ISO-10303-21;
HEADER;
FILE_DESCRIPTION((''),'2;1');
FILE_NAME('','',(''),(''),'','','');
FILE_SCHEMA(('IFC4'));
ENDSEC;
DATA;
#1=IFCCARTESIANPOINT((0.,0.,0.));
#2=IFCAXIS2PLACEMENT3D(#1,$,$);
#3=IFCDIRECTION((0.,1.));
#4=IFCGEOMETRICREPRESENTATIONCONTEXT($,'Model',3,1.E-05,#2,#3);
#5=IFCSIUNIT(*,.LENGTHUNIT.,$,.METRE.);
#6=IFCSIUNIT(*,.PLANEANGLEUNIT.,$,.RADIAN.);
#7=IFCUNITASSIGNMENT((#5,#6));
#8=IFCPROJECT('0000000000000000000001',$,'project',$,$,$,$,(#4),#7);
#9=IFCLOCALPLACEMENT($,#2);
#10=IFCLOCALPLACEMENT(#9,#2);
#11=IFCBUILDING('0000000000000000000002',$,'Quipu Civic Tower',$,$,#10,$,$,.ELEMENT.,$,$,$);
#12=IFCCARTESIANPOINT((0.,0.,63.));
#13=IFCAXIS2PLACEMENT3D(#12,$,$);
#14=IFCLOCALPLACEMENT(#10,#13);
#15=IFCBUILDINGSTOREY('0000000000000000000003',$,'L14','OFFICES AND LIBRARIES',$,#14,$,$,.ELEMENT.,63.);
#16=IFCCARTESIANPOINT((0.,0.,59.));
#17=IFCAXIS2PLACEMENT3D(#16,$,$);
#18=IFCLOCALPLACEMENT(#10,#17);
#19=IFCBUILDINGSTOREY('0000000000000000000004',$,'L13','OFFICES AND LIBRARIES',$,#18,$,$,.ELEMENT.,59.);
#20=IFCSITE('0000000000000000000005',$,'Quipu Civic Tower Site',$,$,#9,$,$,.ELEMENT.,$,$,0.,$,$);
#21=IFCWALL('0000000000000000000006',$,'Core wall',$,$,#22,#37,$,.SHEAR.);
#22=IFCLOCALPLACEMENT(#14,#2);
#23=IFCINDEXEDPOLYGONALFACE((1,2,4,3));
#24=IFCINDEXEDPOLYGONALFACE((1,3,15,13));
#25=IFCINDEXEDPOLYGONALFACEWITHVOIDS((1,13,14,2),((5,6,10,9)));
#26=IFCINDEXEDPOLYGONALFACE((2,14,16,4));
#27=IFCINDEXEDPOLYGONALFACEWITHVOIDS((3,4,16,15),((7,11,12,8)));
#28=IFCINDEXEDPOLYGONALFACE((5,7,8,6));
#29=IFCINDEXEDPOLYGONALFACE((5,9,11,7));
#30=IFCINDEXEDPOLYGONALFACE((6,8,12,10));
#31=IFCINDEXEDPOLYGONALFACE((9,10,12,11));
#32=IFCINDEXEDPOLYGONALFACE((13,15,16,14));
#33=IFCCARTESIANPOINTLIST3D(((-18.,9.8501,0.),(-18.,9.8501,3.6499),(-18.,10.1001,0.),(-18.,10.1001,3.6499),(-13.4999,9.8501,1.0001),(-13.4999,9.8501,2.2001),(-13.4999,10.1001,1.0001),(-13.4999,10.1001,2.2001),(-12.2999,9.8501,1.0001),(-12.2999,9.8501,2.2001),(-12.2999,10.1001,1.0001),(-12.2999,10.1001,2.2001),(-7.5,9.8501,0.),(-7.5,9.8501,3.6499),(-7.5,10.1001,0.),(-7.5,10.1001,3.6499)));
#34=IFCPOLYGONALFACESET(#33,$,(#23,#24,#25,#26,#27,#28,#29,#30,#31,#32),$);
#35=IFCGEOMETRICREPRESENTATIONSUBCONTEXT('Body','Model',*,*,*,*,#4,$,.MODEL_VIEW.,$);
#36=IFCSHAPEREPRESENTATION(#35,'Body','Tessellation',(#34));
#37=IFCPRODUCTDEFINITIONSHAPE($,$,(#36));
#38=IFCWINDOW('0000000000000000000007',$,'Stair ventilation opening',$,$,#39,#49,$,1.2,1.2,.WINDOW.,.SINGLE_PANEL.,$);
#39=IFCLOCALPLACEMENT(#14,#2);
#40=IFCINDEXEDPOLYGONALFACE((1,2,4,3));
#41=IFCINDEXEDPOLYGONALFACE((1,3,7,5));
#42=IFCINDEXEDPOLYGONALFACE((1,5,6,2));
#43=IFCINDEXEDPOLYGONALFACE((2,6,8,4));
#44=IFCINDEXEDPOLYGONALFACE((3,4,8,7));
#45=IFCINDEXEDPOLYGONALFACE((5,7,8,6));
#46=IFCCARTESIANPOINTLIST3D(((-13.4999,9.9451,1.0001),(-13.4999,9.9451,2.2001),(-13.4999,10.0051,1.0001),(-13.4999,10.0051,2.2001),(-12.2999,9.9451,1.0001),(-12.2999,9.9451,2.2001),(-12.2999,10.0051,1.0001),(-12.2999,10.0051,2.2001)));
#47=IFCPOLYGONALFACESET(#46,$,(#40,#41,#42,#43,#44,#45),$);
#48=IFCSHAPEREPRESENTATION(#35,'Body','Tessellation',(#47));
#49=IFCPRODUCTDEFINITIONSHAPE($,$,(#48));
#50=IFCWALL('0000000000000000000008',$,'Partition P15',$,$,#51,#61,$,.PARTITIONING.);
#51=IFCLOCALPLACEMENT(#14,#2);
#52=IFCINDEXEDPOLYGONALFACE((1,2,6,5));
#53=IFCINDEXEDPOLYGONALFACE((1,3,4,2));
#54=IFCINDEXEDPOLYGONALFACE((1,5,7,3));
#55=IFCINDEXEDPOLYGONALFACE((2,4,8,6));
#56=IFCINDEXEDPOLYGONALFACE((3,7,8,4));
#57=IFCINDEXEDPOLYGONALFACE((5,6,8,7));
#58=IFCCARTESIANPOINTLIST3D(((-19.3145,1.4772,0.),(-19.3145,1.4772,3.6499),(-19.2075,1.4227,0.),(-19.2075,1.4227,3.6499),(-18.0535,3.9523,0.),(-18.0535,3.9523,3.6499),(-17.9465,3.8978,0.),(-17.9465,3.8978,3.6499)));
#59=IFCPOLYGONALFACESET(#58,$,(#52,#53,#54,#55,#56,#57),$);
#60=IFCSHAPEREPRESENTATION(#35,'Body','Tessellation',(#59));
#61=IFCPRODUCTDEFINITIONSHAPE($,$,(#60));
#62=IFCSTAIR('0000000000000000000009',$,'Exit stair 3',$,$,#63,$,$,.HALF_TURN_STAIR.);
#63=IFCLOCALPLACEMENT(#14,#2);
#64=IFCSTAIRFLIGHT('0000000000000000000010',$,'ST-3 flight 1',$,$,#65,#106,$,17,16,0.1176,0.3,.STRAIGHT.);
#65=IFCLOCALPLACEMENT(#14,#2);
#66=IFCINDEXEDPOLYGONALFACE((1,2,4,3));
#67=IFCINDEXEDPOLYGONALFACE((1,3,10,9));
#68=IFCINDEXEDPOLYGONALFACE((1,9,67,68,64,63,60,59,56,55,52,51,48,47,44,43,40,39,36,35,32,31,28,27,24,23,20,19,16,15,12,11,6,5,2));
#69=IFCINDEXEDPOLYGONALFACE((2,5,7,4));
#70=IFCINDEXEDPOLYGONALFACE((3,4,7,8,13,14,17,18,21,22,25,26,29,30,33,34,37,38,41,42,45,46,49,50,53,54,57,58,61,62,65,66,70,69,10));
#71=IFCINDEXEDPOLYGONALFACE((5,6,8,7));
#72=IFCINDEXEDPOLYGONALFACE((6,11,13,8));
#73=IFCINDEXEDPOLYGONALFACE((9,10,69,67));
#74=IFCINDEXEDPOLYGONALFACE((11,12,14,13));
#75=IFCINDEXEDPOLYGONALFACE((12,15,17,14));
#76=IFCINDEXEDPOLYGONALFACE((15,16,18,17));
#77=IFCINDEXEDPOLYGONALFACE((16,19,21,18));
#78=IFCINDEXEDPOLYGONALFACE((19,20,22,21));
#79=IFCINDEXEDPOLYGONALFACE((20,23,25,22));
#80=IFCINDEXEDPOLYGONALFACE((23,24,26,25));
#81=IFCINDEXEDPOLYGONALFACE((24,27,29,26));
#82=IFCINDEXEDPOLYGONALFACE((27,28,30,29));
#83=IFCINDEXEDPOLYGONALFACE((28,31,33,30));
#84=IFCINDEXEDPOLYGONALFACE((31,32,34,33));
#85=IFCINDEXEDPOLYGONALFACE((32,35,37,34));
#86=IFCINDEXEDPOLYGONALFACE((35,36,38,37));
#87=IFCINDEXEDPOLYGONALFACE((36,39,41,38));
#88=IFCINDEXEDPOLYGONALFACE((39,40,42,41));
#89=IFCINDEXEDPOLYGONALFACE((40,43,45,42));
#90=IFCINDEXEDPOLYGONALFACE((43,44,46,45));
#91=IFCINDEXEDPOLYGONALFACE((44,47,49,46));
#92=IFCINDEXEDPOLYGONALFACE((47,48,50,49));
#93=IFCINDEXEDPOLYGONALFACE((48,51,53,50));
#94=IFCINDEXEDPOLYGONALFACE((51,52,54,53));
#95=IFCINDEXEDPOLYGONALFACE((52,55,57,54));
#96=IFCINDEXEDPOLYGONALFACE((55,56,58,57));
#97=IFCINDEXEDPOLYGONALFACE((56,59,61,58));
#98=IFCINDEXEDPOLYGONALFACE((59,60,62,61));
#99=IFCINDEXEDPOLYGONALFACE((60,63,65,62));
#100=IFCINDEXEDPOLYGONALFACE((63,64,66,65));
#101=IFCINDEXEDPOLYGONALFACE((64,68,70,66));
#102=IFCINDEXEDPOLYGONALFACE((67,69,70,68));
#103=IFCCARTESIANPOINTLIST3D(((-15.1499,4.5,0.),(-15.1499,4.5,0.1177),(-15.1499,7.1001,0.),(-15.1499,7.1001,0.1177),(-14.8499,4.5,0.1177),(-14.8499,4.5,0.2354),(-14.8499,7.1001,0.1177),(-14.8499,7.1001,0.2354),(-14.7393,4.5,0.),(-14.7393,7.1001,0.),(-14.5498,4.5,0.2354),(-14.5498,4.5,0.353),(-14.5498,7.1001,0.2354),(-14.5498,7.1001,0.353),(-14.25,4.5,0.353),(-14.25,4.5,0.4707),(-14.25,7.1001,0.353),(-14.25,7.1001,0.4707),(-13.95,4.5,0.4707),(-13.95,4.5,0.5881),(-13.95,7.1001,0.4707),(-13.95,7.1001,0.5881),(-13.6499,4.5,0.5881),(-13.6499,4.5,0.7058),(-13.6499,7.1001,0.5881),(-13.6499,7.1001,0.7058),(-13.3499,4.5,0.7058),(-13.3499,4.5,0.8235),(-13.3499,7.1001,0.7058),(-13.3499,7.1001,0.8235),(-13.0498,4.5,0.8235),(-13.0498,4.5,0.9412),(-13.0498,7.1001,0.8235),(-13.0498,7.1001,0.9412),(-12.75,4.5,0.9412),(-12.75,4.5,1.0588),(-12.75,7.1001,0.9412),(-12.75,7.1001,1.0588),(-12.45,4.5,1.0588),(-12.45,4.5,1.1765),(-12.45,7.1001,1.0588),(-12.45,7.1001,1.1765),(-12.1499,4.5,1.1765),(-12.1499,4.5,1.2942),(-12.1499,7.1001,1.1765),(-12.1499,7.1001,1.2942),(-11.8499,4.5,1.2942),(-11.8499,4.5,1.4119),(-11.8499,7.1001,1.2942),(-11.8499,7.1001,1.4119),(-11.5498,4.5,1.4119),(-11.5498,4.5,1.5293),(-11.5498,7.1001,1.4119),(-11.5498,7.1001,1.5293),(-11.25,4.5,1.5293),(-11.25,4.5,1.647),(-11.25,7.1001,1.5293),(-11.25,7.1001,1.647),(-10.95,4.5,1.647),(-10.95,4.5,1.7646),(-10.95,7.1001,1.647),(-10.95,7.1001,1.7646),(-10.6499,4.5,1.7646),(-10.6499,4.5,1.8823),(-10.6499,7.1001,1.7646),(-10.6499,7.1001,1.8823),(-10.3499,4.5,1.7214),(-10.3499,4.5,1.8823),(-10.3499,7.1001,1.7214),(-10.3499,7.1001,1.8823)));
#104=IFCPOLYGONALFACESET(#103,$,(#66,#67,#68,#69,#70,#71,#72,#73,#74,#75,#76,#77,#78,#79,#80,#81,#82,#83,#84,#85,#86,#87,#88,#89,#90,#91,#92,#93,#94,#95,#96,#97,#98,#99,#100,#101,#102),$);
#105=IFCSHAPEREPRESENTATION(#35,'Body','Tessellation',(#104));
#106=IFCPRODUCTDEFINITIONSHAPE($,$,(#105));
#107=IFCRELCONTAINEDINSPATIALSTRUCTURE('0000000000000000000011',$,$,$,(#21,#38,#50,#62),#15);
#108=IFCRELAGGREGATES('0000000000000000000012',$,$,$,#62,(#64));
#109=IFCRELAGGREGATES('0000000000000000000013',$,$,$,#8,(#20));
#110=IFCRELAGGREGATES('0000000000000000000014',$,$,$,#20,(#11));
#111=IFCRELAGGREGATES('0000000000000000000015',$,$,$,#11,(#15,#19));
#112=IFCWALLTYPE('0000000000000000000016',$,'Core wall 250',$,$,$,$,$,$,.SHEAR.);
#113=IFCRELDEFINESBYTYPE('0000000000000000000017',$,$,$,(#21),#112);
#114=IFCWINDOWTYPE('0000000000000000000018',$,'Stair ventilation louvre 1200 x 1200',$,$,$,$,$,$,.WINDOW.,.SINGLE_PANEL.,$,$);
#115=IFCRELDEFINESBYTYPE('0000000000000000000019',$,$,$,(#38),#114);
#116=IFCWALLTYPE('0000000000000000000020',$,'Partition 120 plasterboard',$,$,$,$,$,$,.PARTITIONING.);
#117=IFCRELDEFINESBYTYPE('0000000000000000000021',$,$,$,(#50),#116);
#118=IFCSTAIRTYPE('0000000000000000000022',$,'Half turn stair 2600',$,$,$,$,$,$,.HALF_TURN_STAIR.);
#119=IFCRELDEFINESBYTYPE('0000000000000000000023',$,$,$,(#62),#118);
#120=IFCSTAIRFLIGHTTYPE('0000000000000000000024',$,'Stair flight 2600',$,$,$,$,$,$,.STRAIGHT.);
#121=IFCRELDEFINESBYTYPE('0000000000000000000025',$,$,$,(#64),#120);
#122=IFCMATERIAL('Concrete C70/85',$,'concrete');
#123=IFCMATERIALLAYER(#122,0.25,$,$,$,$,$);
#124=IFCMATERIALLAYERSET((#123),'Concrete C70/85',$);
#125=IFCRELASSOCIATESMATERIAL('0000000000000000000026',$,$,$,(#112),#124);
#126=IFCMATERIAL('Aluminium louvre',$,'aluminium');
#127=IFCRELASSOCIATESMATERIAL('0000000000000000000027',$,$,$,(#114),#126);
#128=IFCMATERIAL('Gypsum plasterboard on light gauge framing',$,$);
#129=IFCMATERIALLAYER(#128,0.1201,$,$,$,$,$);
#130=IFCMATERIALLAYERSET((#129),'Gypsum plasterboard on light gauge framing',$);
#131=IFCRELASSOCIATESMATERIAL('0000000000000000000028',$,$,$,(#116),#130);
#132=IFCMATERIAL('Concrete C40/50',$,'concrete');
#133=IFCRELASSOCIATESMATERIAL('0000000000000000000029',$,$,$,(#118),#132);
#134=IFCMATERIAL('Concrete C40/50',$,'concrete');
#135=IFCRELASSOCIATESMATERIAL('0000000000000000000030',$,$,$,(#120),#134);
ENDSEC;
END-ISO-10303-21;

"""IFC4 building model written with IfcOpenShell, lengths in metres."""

from ifc_helpers import new_model, si_unit, direction, frame, frame_2d, origin, place, context, subcontext, project, spatial, polyline, rectangle, outline, extrude, material, layer, layer_set, type_object, element, fill, aggregate, save


model = new_model("IFC4")

# Units and contexts
model_context = context("Model", 3, precision=1e-05, world=origin(), true_north=direction((0.0, 1.0)))
body_context = subcontext(model_context, "Body", "Model", "MODEL_VIEW")
ifc_project = project(units=[si_unit("LENGTHUNIT", "METRE"), si_unit("PLANEANGLEUNIT", "RADIAN")], contexts=[model_context])

# Site, building, storey
site_placement = place(None, origin())
site = spatial("IfcSite", under=ifc_project, at=site_placement, Name="Quipu Civic Tower Site", CompositionType="ELEMENT", RefElevation=0.0)
building_placement = place(site_placement, origin())
building = spatial("IfcBuilding", under=site, at=building_placement, Name="Quipu Civic Tower", CompositionType="ELEMENT")
storey_1_placement = place(building_placement, frame((0.0, 0.0, 63.0)))
storey_1 = spatial("IfcBuildingStorey", under=building, at=storey_1_placement, Name="L14", Description="OFFICES AND LIBRARIES", CompositionType="ELEMENT", Elevation=63.0)

# Shared definitions
storey_2_placement = place(building_placement, frame((0.0, 0.0, 59.0)))
storey_2 = spatial("IfcBuildingStorey", under=building, at=storey_2_placement, Name="L13", Description="OFFICES AND LIBRARIES", CompositionType="ELEMENT", Elevation=59.0)

# Shared definitions
ifc_material_1 = material(Name="Concrete C70/85", Category="concrete")
ifc_layer_1 = layer(ifc_material_1, 0.25)
ifc_layer_set_1 = layer_set([ifc_layer_1], Name="Concrete C70/85")
wall_type_1 = type_object("IfcWallType", Name="Core wall 250", PredefinedType="SHEAR", material=ifc_layer_set_1)

# Wall, opening, window
wall_1_placement = place(storey_1_placement, frame((-18.0, 9.9751, 0.0), z_axis=(0.0, 0.0, 1.0), x_axis=(1.0, 0.0, 0.0)))
wall_1 = element("IfcWall", 1, at=wall_1_placement, inside=storey_1, type_object=wall_type_1, Name="Core wall", PredefinedType="SHEAR", context=body_context, shape_type="SweptSolid", body=[
    extrude(rectangle(XDim=10.5, YDim=0.25, at=frame_2d((5.25, 0.0))), origin(), (0.0, 0.0, 1.0), 3.6499),
])
opening_1_placement = place(wall_1_placement, frame((4.5, 0.0, 1.0)))
opening_1 = element("IfcOpeningElement", 2, at=opening_1_placement, cuts=wall_1, PredefinedType="OPENING", context=body_context, shape_type="SweptSolid", body=[
    extrude(rectangle(XDim=1.2, YDim=1.2, at=frame_2d((0.6001, 0.6001))), frame((0.0, 0.135, 0.0), z_axis=(0.0, -1.0, 0.0), x_axis=(1.0, 0.0, 0.0)), (0.0, 0.0, 1.0), 0.27),
])
ifc_material_2 = material(Name="Aluminium louvre", Category="aluminium")
window_type = type_object("IfcWindowType", Name="Stair ventilation louvre 1200 x 1200", PartitioningType="SINGLE_PANEL", PredefinedType="WINDOW", material=ifc_material_2)
window_placement = place(opening_1_placement, origin())
window = element("IfcWindow", 3, at=window_placement, inside=storey_1, type_object=window_type, Name="Stair ventilation opening", OverallHeight=1.2, OverallWidth=1.2, PartitioningType="SINGLE_PANEL", PredefinedType="WINDOW", context=body_context, shape_type="SweptSolid", body=[
    extrude(rectangle(XDim=1.2, YDim=1.2, at=frame_2d((0.6001, 0.6001))), frame((0.0, 0.03, 0.0), z_axis=(0.0, -1.0, 0.0), x_axis=(1.0, 0.0, 0.0)), (0.0, 0.0, 1.0), 0.0601),
])
fill(opening_1, window)

# Wall
ifc_material_3 = material(Name="Gypsum plasterboard on light gauge framing")
ifc_layer_2 = layer(ifc_material_3, 0.1201)
ifc_layer_set_2 = layer_set([ifc_layer_2], Name="Gypsum plasterboard on light gauge framing")
wall_type_2 = type_object("IfcWallType", Name="Partition 120 plasterboard", PredefinedType="PARTITIONING", material=ifc_layer_set_2)
wall_2_placement = place(storey_1_placement, frame((-19.261, 1.45, 0.0), z_axis=(0.0, 0.0, 1.0), x_axis=(0.453951, 0.891027, 0.0)))
element("IfcWall", 4, at=wall_2_placement, inside=storey_1, type_object=wall_type_2, Name="Partition P15", PredefinedType="PARTITIONING", context=body_context, shape_type="SweptSolid", body=[
    extrude(rectangle(XDim=2.7778, YDim=0.1201, at=frame_2d((1.3889, 0.0))), origin(), (0.0, 0.0, 1.0), 3.6499),
])

# Stair, stair flight
ifc_material_4 = material(Name="Concrete C40/50", Category="concrete")
stair_type = type_object("IfcStairType", Name="Half turn stair 2600", PredefinedType="HALF_TURN_STAIR", material=ifc_material_4)
stair_placement = place(storey_1_placement, origin())
stair = element("IfcStair", 5, at=stair_placement, inside=storey_1, type_object=stair_type, Name="Exit stair 3", PredefinedType="HALF_TURN_STAIR")
ifc_material_5 = material(Name="Concrete C40/50", Category="concrete")
stair_flight_type = type_object("IfcStairFlightType", Name="Stair flight 2600", PredefinedType="STRAIGHT", material=ifc_material_5)
stair_flight_placement = place(storey_1_placement, frame((-15.1499, 5.8, 0.0), z_axis=(0.0, 0.0, 1.0), x_axis=(1.0, 0.0, 0.0)))
stair_flight = element("IfcStairFlight", 6, at=stair_flight_placement, type_object=stair_flight_type, Name="ST-3 flight 1", NumberOfRisers=17, NumberOfTreads=16, PredefinedType="STRAIGHT", RiserHeight=0.1176, TreadLength=0.3, context=body_context, shape_type="SweptSolid", body=[
    extrude(outline(polyline([(0.0, 0.0), (0.0, 0.1177), (0.3, 0.1177), (0.3, 0.2354), (0.6001, 0.2354), (0.6001, 0.353), (0.8999, 0.353), (0.8999, 0.4707), (1.2, 0.4707), (1.2, 0.5881), (1.5, 0.5881), (1.5, 0.7058), (1.8, 0.7058), (1.8, 0.8235), (2.1001, 0.8235), (2.1001, 0.9412), (2.3999, 0.9412), (2.3999, 1.0588), (2.7, 1.0588), (2.7, 1.1765), (3.0, 1.1765), (3.0, 1.2942), (3.3, 1.2942), (3.3, 1.4119), (3.6001, 1.4119), (3.6001, 1.5293), (3.8999, 1.5293), (3.8999, 1.647), (4.2, 1.647), (4.2, 1.7646), (4.5, 1.7646), (4.5, 1.8823), (4.8, 1.8823), (4.8, 2.0), (4.8, 1.7214), (0.4106, 0.0), (0.0, 0.0)])), frame((0.0, 1.3, 0.0), z_axis=(0.0, -1.0, 0.0), x_axis=(1.0, 0.0, 0.0)), (0.0, 0.0, 1.0), 2.6001),
])
aggregate(stair, [stair_flight])

save(model, "model.ifc")
